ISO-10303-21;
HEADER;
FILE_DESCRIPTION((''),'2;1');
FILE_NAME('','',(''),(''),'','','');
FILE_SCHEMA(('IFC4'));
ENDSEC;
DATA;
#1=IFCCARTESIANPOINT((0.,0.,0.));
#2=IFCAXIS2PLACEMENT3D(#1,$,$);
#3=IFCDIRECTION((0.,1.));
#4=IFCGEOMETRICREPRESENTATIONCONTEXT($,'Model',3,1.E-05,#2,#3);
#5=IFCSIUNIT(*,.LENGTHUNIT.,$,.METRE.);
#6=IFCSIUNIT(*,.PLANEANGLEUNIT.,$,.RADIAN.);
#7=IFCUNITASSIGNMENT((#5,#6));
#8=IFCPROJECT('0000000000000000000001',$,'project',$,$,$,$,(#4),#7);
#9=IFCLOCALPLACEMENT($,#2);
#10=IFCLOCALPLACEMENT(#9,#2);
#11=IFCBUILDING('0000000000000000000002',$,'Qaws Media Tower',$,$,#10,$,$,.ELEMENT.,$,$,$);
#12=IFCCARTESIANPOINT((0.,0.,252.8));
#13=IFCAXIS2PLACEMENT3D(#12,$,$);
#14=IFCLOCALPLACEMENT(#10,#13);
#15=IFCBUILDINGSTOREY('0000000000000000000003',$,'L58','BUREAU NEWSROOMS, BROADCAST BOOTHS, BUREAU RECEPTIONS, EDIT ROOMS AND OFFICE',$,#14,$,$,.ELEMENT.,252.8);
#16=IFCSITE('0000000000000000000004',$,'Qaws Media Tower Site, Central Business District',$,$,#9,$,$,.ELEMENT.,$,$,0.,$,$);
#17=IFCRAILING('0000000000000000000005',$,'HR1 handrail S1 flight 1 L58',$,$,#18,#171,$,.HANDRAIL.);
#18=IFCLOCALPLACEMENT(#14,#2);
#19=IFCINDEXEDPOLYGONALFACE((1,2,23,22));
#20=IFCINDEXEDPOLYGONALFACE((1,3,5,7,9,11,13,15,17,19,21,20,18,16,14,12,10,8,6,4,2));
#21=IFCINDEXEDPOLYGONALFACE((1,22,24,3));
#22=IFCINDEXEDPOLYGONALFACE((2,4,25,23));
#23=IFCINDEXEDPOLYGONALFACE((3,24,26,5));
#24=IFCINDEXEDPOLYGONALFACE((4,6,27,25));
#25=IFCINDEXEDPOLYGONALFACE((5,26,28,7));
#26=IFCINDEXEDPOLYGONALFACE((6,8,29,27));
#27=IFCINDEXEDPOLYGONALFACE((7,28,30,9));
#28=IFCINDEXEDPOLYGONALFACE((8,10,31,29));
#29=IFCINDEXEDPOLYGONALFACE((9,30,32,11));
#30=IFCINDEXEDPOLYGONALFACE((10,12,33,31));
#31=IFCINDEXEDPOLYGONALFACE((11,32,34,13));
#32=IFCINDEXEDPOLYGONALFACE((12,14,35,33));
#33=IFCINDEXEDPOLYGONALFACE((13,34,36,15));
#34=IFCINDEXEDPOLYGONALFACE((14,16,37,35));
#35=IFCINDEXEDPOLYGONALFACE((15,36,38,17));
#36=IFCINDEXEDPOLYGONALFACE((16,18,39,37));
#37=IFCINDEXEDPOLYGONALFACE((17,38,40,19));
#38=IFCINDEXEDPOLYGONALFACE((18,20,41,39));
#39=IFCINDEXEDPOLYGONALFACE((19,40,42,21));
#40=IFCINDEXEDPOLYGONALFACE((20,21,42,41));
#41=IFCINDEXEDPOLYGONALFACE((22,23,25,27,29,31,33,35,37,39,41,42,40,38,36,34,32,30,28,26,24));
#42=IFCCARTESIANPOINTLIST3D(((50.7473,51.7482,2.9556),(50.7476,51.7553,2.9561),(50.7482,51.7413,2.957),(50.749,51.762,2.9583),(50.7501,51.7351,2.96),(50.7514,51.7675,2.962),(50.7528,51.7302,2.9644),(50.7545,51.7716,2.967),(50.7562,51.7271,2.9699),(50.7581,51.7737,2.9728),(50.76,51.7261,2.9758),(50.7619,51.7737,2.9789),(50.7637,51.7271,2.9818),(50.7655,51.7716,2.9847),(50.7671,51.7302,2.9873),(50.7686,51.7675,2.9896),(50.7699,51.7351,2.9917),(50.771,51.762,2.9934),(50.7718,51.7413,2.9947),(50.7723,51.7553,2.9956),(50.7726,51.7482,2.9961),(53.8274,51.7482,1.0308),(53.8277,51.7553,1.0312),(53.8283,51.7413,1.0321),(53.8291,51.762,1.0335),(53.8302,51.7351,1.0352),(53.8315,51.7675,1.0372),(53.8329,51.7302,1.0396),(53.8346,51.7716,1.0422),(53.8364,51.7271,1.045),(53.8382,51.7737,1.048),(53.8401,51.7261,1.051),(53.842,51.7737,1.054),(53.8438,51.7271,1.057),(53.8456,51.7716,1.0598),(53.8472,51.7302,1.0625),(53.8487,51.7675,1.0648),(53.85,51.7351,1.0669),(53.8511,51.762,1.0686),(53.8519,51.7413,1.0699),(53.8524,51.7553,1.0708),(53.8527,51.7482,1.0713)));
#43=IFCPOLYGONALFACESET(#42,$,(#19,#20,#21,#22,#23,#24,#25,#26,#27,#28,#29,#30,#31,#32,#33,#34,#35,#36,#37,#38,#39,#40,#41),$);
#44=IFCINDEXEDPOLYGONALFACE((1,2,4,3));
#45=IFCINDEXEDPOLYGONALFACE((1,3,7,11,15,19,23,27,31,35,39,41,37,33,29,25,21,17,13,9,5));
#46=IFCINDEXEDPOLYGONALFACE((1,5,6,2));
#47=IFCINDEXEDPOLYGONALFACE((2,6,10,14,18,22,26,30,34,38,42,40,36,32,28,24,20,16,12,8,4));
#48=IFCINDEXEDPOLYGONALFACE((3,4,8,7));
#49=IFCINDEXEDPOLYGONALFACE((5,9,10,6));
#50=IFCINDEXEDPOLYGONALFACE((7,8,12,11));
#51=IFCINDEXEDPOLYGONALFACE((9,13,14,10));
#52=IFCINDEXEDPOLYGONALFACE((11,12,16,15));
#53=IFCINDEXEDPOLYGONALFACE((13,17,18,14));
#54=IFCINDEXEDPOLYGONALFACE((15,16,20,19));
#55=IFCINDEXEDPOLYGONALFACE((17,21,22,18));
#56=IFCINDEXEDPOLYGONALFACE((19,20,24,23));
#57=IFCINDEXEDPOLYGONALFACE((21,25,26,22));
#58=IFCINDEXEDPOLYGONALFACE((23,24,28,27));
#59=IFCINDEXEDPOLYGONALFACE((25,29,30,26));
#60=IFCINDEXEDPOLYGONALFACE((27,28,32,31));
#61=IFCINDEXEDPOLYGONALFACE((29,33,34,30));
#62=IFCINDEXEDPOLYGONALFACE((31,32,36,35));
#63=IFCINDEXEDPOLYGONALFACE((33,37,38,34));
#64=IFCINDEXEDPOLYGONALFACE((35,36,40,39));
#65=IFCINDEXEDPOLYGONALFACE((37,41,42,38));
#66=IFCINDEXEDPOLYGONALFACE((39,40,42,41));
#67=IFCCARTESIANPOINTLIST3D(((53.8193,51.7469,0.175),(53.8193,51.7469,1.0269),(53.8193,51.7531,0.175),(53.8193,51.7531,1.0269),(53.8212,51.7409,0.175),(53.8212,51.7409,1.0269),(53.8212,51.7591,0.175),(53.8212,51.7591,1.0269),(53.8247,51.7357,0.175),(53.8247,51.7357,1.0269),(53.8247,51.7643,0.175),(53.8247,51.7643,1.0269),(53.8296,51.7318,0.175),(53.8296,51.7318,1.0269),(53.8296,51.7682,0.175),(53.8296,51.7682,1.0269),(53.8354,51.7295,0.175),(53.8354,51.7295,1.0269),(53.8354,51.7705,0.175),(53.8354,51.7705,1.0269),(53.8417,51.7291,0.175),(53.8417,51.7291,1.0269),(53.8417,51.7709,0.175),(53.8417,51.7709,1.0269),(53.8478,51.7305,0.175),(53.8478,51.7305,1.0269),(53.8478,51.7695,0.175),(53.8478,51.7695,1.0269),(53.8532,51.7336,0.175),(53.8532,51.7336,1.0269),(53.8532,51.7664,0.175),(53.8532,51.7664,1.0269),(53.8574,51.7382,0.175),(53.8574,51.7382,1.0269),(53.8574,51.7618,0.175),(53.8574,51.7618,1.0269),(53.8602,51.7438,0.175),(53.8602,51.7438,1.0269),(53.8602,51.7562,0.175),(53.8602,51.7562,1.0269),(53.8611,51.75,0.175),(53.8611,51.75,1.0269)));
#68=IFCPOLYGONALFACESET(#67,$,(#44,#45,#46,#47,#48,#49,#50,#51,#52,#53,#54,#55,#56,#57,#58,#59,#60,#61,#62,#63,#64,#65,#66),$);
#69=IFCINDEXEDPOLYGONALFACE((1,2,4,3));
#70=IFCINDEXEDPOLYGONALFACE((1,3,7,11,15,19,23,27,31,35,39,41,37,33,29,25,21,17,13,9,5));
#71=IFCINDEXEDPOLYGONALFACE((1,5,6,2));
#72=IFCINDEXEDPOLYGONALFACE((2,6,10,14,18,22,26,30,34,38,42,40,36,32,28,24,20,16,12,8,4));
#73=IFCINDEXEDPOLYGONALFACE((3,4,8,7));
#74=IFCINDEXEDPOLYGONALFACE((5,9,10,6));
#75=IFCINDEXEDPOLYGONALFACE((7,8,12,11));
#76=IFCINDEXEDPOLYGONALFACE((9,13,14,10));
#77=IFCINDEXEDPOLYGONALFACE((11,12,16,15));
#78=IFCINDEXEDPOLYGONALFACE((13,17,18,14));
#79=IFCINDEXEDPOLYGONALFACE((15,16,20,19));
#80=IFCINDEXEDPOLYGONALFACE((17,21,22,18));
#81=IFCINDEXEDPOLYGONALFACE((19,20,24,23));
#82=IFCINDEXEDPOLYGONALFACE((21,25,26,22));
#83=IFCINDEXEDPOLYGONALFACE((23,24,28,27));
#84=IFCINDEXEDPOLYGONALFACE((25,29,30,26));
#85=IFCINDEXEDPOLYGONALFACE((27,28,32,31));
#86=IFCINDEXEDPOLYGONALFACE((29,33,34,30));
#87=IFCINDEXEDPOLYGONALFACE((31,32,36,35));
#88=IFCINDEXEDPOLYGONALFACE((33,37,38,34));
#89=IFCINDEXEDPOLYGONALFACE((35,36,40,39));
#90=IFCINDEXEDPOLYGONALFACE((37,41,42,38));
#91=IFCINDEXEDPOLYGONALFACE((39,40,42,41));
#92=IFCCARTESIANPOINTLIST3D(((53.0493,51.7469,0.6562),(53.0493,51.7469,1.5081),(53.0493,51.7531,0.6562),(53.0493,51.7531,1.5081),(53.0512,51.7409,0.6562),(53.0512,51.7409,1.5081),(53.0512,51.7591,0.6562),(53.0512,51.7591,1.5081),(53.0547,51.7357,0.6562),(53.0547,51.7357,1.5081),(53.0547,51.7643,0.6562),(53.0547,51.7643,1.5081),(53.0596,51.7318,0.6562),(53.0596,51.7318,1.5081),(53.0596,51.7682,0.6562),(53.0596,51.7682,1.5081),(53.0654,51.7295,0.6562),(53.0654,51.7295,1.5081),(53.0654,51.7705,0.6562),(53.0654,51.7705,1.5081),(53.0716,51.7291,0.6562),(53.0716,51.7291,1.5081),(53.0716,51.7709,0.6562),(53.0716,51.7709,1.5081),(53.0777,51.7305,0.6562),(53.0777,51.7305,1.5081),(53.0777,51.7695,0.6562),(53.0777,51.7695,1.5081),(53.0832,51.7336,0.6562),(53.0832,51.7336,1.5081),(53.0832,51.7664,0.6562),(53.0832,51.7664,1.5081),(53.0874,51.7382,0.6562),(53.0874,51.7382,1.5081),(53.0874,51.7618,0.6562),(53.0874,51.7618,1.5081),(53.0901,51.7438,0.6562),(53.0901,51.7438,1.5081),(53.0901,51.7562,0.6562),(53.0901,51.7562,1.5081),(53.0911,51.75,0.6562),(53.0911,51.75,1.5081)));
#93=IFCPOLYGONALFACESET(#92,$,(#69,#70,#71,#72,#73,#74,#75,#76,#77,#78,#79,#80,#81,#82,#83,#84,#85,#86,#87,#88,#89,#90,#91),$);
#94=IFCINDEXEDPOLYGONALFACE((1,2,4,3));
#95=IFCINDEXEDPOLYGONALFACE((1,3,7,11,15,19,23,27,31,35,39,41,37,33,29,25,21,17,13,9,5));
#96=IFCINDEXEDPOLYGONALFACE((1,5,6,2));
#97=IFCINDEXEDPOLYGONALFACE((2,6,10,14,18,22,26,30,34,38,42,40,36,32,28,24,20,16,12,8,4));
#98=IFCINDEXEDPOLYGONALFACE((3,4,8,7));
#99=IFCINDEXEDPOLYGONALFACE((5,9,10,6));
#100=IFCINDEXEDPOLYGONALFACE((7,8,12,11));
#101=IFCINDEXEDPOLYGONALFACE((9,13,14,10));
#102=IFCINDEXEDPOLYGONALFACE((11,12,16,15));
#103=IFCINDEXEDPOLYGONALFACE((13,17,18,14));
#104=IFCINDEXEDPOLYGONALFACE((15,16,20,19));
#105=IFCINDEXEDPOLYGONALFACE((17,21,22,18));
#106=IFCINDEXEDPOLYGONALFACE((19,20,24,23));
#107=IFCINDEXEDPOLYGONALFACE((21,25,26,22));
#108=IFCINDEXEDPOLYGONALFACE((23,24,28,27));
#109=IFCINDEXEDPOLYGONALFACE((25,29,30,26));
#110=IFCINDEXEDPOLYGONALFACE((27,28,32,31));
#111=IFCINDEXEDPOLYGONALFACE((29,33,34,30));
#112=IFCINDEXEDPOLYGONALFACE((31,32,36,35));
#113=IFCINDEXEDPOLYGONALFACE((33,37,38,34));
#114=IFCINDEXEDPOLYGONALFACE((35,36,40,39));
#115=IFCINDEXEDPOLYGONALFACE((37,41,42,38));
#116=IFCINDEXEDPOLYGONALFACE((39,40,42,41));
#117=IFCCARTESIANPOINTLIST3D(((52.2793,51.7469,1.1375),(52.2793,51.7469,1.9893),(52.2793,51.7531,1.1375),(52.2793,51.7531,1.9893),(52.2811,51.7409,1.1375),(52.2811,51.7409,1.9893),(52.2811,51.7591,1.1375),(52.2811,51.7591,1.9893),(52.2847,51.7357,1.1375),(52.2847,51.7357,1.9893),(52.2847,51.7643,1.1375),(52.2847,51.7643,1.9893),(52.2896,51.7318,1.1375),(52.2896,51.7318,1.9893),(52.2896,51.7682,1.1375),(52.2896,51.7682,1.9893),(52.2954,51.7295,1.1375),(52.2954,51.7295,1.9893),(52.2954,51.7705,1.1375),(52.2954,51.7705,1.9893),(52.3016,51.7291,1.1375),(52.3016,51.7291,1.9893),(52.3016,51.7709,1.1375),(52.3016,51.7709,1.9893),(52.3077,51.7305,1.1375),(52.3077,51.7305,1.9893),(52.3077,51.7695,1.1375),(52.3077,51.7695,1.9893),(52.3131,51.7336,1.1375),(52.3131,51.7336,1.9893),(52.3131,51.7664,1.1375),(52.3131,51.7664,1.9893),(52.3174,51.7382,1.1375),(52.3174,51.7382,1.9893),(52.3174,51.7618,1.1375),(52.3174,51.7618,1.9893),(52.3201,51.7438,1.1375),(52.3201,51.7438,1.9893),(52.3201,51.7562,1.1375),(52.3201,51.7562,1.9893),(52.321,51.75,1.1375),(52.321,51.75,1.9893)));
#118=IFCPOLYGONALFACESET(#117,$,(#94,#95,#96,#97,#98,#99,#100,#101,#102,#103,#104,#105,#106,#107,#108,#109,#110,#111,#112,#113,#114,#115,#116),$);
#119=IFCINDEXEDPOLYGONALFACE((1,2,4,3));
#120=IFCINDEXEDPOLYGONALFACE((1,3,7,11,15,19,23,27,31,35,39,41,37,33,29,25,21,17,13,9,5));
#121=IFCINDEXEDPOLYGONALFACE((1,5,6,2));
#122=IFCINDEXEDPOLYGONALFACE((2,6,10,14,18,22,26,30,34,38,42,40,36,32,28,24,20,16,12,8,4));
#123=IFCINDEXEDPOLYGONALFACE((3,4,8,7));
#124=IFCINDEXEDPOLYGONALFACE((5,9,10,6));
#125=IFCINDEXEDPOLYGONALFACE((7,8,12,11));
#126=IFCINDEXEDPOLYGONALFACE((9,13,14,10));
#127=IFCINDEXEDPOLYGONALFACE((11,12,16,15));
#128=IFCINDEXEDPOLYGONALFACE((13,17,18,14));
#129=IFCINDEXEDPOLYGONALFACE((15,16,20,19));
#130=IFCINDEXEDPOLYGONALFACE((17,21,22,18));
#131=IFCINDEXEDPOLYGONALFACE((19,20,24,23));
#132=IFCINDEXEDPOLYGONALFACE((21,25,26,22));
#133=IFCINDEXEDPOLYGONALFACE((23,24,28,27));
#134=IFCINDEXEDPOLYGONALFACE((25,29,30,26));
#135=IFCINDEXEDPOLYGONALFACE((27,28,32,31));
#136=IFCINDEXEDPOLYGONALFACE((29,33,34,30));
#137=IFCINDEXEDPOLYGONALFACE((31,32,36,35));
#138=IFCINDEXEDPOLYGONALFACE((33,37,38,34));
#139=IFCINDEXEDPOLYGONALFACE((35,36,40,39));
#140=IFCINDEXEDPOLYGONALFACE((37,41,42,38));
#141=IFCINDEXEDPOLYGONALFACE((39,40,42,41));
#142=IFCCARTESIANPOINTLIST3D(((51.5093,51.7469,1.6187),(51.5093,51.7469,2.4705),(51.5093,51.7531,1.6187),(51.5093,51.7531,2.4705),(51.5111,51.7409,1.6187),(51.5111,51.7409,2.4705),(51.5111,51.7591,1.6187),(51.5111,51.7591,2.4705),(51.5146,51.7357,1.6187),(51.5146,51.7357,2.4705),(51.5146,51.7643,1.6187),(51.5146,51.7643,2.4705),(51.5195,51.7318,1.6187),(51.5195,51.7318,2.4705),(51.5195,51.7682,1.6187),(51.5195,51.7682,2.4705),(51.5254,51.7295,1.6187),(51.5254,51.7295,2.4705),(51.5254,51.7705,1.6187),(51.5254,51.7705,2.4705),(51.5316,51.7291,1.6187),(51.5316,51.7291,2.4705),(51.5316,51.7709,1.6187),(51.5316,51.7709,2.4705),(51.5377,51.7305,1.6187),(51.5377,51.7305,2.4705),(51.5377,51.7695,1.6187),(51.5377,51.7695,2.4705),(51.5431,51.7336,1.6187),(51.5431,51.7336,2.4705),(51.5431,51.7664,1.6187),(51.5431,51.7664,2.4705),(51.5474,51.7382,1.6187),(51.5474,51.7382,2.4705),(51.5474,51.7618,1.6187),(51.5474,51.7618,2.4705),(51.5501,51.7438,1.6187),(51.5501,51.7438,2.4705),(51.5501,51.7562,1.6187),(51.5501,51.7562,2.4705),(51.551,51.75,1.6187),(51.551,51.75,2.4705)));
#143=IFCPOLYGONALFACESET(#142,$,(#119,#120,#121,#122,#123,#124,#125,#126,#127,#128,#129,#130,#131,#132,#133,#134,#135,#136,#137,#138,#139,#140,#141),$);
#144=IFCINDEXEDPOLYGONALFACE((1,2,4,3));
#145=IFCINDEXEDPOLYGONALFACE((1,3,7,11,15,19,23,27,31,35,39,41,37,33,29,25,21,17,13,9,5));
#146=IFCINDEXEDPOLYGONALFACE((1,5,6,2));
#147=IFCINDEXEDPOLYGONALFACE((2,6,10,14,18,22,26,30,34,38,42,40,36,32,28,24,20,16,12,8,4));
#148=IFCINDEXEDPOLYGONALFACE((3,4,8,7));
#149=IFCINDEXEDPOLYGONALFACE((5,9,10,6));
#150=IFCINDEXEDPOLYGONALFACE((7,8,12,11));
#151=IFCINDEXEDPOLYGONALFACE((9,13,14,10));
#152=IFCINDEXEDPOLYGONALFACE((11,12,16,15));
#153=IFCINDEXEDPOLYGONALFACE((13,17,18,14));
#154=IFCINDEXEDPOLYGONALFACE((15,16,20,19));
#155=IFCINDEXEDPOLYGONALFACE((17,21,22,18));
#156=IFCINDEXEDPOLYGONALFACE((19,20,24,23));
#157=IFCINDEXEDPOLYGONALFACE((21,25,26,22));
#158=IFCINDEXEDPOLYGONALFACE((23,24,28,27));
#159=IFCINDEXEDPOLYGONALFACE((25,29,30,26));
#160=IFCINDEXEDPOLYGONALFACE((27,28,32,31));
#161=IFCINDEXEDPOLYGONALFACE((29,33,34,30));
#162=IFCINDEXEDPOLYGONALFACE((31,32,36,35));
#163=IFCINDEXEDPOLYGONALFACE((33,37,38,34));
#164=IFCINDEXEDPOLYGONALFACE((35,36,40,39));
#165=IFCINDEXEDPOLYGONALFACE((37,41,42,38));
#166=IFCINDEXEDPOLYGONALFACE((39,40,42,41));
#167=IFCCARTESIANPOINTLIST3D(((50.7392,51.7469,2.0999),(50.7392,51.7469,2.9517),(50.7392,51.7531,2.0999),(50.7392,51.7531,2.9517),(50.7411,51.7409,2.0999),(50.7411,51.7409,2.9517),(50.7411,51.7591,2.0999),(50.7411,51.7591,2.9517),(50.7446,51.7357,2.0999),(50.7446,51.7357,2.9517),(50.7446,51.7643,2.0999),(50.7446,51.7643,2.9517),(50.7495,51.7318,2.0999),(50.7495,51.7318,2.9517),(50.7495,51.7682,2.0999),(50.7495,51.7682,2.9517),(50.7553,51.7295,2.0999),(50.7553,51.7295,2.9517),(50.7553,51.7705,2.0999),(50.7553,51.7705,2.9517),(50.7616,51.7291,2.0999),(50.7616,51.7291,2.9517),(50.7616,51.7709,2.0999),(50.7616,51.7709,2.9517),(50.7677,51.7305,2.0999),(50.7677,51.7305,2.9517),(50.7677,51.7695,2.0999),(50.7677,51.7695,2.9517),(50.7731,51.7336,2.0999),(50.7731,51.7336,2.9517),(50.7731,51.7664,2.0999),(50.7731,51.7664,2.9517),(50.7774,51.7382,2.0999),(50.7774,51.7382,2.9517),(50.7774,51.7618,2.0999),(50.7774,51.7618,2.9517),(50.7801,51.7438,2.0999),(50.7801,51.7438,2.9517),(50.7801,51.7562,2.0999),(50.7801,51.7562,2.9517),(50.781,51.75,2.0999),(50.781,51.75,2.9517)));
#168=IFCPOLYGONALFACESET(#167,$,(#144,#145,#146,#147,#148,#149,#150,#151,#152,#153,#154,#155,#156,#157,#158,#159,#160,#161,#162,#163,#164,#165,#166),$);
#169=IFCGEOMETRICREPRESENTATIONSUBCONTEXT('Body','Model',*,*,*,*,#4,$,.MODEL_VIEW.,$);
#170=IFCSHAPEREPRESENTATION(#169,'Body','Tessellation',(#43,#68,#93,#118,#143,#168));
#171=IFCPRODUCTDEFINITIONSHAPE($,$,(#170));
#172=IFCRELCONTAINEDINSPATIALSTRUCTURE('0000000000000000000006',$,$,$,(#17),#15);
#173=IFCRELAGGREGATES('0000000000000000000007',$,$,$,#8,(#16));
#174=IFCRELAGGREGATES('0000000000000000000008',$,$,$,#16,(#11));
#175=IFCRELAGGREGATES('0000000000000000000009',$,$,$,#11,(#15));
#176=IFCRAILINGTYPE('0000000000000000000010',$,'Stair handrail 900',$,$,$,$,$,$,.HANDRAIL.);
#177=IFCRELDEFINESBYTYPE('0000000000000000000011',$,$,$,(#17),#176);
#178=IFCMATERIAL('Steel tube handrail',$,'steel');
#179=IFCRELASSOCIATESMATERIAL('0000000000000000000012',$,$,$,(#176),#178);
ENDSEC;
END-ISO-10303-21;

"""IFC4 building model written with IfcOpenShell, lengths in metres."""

from ifc_helpers import new_model, si_unit, direction, frame, origin, origin_2d, place, context, subcontext, project, spatial, circle, extrude, material, type_object, element, save


model = new_model("IFC4")

# Units and contexts
model_context = context("Model", 3, precision=1e-05, world=origin(), true_north=direction((0.0, 1.0)))
body_context = subcontext(model_context, "Body", "Model", "MODEL_VIEW")
ifc_project = project(units=[si_unit("LENGTHUNIT", "METRE"), si_unit("PLANEANGLEUNIT", "RADIAN")], contexts=[model_context])

# Site, building, storey
site_placement = place(None, origin())
site = spatial("IfcSite", under=ifc_project, at=site_placement, Name="Qaws Media Tower Site, Central Business District", CompositionType="ELEMENT", RefElevation=0.0)
building_placement = place(site_placement, origin())
building = spatial("IfcBuilding", under=site, at=building_placement, Name="Qaws Media Tower", CompositionType="ELEMENT")
storey_placement = place(building_placement, frame((0.0, 0.0, 252.8)))
storey = spatial("IfcBuildingStorey", under=building, at=storey_placement, Name="L58", Description="BUREAU NEWSROOMS, BROADCAST BOOTHS, BUREAU RECEPTIONS, EDIT ROOMS AND OFFICE", CompositionType="ELEMENT", Elevation=252.8)

# Railing
ifc_material_1 = material(Name="Steel tube handrail", Category="steel")
railing_type = type_object("IfcRailingType", Name="Stair handrail 900", PredefinedType="HANDRAIL", material=ifc_material_1)
for number, where, name in (
    (1, (53.8401, 51.75, 0.175), "HR1 handrail S1 flight 1 L58"),
):
    element("IfcRailing", number, at=place(storey_placement, frame(where)), inside=storey, type_object=railing_type, Name=name, PredefinedType="HANDRAIL", context=body_context, shape_type="SweptSolid", body=[
        extrude(circle(Radius=0.0239, at=origin_2d()), frame((0.0, 0.0, 0.876), z_axis=(-0.848029, 0.0, 0.529951), x_axis=(0.0, -1.0, 0.0)), (0.0, 0.0, 1.0), 3.6321),
        extrude(circle(Radius=0.021, at=origin_2d()), origin(), (0.0, 0.0, 1.0), 0.8518),
        extrude(circle(Radius=0.021, at=origin_2d()), frame((-0.77, 0.0, 0.4812)), (0.0, 0.0, 1.0), 0.8518),
        extrude(circle(Radius=0.021, at=origin_2d()), frame((-1.54, 0.0, 0.9624)), (0.0, 0.0, 1.0), 0.8518),
        extrude(circle(Radius=0.021, at=origin_2d()), frame((-2.3101, 0.0, 1.4436)), (0.0, 0.0, 1.0), 0.8518),
        extrude(circle(Radius=0.021, at=origin_2d()), frame((-3.0801, 0.0, 1.9248)), (0.0, 0.0, 1.0), 0.8518),
    ])

save(model, "model.ifc")
